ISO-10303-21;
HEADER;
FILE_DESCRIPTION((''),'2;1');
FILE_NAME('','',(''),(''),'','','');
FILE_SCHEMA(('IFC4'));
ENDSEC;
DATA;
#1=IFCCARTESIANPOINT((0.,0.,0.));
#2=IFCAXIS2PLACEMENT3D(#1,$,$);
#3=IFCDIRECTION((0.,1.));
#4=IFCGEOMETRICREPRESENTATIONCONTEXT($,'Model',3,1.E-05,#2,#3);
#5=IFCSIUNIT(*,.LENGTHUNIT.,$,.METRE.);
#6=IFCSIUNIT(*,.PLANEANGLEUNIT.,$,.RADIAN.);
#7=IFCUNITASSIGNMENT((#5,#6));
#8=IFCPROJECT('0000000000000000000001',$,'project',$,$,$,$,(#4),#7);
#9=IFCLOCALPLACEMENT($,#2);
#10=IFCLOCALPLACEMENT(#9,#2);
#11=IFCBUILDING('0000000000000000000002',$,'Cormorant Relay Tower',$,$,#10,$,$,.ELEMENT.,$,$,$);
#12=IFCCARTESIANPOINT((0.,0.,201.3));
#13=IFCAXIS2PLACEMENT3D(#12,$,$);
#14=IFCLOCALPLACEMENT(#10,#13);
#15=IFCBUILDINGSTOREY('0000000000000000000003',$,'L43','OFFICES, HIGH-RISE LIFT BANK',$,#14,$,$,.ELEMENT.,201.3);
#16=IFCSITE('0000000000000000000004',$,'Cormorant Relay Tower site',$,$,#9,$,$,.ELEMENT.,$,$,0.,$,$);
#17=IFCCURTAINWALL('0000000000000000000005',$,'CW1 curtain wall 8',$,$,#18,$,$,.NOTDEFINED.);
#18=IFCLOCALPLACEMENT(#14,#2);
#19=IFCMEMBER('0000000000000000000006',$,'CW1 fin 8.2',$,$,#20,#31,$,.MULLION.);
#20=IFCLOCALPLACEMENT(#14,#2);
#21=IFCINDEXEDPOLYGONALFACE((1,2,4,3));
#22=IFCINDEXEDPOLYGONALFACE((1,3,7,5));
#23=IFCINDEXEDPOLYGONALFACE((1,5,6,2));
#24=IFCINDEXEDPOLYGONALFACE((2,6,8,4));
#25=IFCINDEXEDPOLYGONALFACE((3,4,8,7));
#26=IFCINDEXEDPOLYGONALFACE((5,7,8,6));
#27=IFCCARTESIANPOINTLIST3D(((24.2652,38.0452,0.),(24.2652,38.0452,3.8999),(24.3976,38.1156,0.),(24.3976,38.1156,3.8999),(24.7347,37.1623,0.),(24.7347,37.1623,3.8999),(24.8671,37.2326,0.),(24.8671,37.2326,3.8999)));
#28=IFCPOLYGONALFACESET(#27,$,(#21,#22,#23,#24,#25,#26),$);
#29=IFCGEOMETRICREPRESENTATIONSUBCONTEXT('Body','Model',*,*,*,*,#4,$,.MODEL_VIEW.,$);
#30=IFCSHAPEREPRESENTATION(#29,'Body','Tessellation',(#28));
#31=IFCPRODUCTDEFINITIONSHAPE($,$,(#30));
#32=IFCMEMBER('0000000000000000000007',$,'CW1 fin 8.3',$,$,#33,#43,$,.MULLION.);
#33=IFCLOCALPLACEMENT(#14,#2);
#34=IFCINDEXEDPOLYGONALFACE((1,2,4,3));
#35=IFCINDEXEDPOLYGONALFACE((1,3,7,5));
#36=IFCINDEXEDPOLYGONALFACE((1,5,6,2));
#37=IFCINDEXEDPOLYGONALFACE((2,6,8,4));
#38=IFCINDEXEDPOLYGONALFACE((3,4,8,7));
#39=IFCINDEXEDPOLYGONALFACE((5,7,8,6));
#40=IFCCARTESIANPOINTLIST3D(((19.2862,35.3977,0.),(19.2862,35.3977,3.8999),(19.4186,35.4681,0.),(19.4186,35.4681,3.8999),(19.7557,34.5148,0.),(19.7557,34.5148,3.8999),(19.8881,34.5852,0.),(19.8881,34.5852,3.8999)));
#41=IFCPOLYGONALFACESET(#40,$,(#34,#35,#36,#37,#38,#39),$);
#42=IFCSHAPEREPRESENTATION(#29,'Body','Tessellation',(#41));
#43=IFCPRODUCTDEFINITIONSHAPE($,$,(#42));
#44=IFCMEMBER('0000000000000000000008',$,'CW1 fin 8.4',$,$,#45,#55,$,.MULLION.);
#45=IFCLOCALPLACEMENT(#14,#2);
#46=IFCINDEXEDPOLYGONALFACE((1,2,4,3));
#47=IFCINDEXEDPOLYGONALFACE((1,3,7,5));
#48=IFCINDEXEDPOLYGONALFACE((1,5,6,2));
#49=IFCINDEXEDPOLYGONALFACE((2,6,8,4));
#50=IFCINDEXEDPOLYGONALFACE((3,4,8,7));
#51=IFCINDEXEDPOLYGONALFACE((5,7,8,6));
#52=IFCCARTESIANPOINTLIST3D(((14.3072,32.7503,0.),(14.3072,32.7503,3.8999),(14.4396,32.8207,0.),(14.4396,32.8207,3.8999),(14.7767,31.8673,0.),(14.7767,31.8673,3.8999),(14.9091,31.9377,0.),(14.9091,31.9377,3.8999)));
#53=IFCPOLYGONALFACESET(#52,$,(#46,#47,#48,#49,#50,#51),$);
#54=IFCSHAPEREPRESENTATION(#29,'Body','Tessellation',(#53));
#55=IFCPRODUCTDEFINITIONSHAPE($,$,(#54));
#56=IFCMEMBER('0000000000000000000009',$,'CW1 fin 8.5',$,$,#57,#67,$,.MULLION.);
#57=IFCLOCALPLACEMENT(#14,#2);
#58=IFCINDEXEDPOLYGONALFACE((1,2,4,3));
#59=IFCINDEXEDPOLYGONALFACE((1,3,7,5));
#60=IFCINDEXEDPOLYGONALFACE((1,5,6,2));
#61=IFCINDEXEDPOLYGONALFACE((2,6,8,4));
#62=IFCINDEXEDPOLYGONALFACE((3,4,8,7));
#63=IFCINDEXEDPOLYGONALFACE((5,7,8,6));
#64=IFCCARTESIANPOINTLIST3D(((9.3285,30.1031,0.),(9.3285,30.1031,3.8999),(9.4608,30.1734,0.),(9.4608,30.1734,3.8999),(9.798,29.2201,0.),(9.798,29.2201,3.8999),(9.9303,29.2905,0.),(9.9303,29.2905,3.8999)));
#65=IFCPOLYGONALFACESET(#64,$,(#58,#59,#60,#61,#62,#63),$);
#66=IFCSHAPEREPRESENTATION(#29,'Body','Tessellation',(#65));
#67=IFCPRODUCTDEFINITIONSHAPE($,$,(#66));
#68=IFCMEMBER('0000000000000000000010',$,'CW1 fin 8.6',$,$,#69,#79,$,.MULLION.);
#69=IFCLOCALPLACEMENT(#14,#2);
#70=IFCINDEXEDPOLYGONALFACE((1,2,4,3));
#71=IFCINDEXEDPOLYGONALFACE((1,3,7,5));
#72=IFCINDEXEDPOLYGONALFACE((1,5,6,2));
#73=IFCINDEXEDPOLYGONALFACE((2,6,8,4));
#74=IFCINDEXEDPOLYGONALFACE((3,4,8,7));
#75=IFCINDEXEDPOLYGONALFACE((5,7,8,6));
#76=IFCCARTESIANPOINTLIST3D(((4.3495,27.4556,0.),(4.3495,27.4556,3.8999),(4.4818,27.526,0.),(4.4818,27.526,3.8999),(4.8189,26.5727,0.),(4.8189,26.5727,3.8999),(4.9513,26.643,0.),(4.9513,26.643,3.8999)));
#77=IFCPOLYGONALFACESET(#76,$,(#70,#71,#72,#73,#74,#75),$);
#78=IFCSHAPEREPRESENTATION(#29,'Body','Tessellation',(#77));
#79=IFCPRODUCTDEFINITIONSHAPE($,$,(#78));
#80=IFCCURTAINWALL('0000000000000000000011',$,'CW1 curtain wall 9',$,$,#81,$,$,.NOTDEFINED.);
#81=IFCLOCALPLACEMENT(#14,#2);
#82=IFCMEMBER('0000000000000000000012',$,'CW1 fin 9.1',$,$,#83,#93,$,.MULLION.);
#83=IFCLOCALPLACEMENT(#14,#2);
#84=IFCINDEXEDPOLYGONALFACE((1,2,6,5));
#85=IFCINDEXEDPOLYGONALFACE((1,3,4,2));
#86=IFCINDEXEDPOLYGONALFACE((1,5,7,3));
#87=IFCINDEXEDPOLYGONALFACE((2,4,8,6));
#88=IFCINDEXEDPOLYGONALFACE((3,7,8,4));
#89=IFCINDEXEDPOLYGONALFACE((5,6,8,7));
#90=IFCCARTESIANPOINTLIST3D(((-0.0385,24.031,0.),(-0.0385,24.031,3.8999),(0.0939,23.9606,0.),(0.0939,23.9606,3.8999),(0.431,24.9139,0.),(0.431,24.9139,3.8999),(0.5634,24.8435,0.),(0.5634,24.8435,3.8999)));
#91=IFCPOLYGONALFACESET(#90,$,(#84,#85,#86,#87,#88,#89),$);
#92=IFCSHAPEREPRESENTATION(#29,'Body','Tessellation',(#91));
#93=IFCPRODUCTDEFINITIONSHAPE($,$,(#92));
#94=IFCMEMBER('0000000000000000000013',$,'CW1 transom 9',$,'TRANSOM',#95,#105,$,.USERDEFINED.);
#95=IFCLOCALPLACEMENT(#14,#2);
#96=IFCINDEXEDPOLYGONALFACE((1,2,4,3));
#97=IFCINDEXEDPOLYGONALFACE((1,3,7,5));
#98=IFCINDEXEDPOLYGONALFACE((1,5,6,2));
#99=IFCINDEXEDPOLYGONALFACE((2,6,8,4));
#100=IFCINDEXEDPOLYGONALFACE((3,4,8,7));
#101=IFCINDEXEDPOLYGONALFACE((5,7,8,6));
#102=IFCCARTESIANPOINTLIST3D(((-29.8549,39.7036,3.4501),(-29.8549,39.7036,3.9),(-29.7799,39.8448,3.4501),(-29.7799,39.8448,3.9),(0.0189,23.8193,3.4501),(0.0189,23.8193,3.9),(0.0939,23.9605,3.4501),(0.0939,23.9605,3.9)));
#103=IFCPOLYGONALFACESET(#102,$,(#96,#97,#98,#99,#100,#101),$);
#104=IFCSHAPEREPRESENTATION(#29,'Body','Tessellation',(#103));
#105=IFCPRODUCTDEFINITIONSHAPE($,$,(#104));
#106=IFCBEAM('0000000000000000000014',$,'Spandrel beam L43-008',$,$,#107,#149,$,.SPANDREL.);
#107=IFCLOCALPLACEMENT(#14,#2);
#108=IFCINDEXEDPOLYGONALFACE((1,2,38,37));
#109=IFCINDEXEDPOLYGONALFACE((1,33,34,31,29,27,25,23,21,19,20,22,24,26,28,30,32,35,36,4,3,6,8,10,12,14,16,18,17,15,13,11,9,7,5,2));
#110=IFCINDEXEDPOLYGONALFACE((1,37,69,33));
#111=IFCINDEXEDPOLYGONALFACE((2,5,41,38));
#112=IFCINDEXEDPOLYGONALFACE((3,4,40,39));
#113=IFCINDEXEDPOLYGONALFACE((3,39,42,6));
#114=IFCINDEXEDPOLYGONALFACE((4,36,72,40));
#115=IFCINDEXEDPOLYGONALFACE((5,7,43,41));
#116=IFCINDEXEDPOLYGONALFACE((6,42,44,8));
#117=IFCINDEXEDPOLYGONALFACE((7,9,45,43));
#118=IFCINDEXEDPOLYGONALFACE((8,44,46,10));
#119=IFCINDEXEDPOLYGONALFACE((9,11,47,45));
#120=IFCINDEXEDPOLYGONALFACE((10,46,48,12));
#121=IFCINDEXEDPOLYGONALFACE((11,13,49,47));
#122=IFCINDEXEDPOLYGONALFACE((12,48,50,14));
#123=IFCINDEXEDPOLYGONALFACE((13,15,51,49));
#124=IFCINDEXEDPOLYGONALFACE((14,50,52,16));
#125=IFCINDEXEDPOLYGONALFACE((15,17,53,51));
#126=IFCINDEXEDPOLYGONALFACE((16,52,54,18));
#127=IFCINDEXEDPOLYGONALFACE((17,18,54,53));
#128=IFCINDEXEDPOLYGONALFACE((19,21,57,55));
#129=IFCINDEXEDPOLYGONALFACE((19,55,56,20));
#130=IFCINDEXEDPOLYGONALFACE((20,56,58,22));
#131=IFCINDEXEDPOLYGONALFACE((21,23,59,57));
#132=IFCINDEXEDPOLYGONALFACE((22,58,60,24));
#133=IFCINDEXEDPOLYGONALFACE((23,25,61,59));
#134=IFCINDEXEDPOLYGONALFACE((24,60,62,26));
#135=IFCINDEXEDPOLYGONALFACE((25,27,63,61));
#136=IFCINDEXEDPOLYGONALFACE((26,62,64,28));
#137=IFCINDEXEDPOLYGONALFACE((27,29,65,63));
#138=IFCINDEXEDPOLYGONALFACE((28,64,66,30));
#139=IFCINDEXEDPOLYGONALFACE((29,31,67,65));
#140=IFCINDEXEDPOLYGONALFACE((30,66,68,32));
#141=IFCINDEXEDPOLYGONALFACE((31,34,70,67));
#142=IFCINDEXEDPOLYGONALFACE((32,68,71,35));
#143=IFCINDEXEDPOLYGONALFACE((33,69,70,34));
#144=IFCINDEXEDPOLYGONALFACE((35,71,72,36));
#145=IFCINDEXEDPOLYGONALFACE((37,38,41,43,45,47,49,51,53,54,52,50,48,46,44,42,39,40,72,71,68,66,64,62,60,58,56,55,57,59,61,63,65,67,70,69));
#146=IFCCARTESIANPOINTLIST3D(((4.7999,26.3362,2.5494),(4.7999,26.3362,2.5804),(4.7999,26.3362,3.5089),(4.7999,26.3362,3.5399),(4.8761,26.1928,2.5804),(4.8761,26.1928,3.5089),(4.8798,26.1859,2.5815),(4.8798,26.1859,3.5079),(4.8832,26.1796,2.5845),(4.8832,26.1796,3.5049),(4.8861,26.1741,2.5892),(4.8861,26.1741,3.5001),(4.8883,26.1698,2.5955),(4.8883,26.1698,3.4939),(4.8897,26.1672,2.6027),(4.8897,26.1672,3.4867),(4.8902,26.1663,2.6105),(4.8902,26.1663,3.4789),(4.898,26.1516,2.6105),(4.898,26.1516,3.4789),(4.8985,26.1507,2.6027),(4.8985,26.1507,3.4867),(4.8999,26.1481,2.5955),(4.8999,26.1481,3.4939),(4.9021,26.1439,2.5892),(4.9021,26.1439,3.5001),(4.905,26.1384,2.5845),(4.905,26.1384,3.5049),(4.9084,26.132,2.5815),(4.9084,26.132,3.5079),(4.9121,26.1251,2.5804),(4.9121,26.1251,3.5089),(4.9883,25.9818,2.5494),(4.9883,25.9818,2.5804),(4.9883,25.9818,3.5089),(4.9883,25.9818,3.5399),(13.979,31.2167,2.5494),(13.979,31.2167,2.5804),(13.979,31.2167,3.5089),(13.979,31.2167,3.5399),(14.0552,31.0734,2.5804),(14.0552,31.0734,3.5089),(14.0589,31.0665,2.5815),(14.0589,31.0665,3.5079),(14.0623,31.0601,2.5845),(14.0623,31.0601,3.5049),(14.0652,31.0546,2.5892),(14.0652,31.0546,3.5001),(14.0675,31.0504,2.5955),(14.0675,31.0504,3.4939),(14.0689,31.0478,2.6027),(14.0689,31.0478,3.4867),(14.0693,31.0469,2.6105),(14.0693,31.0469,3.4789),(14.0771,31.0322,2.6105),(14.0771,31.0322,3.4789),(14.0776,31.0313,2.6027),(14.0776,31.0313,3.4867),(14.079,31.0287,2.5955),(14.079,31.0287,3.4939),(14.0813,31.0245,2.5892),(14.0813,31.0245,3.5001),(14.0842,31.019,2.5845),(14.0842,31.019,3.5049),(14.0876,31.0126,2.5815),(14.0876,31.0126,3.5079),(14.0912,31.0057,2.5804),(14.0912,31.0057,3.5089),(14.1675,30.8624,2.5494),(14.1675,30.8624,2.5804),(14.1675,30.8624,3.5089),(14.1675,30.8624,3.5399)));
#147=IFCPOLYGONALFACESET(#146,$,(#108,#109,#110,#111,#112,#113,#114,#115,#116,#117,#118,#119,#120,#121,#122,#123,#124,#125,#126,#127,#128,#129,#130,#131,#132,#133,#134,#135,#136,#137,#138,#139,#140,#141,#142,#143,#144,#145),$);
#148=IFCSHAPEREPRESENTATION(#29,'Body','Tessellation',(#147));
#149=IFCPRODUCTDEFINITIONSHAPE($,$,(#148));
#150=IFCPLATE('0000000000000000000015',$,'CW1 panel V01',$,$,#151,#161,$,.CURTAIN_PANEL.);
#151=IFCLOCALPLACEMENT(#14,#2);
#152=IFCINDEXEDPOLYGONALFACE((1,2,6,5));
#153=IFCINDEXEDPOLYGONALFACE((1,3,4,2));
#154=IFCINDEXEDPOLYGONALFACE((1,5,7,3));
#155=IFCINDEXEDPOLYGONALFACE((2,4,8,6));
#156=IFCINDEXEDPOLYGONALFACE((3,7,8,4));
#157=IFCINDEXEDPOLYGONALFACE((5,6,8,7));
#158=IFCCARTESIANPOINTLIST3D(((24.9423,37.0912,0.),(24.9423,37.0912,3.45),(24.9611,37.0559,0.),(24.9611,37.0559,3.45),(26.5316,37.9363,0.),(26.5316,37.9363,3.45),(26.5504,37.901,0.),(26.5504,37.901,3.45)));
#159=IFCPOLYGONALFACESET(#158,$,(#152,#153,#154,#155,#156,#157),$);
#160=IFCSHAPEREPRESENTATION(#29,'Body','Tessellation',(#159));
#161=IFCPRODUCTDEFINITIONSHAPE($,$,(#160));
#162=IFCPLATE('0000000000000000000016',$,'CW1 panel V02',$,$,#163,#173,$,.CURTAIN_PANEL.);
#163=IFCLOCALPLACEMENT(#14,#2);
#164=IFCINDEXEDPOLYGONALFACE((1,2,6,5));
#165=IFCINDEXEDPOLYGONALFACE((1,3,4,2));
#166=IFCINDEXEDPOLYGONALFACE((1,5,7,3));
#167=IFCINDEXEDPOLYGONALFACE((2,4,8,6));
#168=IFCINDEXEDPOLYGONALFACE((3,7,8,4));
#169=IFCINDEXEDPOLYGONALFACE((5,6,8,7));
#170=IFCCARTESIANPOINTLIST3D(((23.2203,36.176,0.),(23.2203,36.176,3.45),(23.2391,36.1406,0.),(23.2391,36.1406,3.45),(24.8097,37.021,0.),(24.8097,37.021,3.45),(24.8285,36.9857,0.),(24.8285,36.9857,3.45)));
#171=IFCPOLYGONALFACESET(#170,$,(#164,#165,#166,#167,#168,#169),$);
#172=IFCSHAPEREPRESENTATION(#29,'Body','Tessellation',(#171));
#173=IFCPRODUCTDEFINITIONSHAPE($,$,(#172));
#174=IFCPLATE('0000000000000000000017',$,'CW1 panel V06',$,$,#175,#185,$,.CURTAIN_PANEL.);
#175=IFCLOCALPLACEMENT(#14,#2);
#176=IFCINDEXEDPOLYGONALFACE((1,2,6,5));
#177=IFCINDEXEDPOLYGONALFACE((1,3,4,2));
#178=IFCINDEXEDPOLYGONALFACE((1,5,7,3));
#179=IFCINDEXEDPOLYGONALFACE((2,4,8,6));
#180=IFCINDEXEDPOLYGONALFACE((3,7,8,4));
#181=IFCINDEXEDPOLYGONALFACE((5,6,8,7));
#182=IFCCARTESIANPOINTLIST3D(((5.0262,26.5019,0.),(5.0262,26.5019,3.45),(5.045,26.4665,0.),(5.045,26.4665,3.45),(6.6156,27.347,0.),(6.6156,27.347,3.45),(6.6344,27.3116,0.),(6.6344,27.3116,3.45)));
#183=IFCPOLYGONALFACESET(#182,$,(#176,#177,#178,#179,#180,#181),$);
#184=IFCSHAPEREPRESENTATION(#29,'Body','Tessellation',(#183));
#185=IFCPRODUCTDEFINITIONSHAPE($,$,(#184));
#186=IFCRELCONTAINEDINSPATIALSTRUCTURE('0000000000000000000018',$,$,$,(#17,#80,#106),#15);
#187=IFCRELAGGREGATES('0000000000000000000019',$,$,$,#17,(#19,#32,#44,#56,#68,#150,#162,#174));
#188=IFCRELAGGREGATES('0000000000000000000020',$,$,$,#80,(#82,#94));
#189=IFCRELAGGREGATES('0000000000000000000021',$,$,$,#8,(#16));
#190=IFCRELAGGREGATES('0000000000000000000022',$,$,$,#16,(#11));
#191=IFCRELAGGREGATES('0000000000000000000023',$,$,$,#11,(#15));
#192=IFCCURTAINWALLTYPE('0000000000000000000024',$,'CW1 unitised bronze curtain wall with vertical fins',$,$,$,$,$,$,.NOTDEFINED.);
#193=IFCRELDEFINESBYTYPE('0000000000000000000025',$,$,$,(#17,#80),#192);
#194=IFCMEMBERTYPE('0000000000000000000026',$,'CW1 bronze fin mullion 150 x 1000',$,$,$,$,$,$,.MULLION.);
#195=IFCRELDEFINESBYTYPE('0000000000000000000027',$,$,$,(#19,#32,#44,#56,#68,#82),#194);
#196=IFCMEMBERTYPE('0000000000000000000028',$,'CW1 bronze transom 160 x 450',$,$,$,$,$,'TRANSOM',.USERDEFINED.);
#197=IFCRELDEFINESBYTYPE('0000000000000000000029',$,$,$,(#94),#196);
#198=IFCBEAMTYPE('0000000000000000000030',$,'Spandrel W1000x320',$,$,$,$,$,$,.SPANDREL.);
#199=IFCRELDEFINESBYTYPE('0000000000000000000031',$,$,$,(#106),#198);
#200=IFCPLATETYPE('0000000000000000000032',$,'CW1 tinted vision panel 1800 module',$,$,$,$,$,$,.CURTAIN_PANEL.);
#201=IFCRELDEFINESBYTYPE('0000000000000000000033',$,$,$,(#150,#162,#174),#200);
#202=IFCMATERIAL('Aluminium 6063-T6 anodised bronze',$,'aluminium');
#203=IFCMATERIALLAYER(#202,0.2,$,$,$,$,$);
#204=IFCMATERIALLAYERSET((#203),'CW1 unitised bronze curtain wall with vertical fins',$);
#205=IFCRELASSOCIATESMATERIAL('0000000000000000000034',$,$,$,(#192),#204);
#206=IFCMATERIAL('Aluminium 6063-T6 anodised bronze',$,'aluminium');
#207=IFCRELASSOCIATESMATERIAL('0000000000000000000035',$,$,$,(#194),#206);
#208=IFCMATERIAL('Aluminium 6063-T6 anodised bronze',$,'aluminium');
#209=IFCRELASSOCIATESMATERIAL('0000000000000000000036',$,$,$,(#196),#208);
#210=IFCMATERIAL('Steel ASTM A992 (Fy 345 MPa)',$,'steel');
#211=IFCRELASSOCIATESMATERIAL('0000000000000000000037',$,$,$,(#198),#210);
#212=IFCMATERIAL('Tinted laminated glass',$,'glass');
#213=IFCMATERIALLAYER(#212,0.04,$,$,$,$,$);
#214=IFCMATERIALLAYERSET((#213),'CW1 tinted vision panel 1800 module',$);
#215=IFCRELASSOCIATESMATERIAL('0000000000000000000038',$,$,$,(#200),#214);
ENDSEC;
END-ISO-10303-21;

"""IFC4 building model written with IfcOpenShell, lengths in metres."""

from ifc_helpers import new_model, si_unit, direction, frame, origin, origin_2d, place, context, subcontext, project, spatial, rectangle, i_section, extrude, material, layer, layer_set, material_profile, profile_set, type_object, element, aggregate, save


model = new_model("IFC4")

# Units and contexts
model_context = context("Model", 3, precision=1e-05, world=origin(), true_north=direction((0.0, 1.0)))
body_context = subcontext(model_context, "Body", "Model", "MODEL_VIEW")
ifc_project = project(units=[si_unit("LENGTHUNIT", "METRE"), si_unit("PLANEANGLEUNIT", "RADIAN")], contexts=[model_context])

# Site, building, storey
site_placement = place(None, origin())
site = spatial("IfcSite", under=ifc_project, at=site_placement, Name="Cormorant Relay Tower site", CompositionType="ELEMENT", RefElevation=0.0)
building_placement = place(site_placement, origin())
building = spatial("IfcBuilding", under=site, at=building_placement, Name="Cormorant Relay Tower", CompositionType="ELEMENT")
storey_placement = place(building_placement, frame((0.0, 0.0, 201.3)))
storey = spatial("IfcBuildingStorey", under=building, at=storey_placement, Name="L43", Description="OFFICES, HIGH-RISE LIFT BANK", CompositionType="ELEMENT", Elevation=201.3)

# Curtain walls, members
ifc_material_1 = material(Name="Aluminium 6063-T6 anodised bronze", Category="aluminium")
ifc_layer_1 = layer(ifc_material_1, 0.2)
ifc_layer_set_1 = layer_set([ifc_layer_1], Name="CW1 unitised bronze curtain wall with vertical fins")
curtain_wall_type = type_object("IfcCurtainWallType", Name="CW1 unitised bronze curtain wall with vertical fins", PredefinedType="NOTDEFINED", material=ifc_layer_set_1)
curtain_wall_1_placement = place(storey_placement, origin())
curtain_wall_1 = element("IfcCurtainWall", 1, at=curtain_wall_1_placement, inside=storey, type_object=curtain_wall_type, Name="CW1 curtain wall 8", PredefinedType="NOTDEFINED")
ifc_material_2 = material(Name="Aluminium 6063-T6 anodised bronze", Category="aluminium")
ifc_material_profile_1 = material_profile(ifc_material_2, rectangle(XDim=0.1499, YDim=1.0, at=origin_2d()), Name="AL 150x1000")
ifc_profile_set_1 = profile_set([ifc_material_profile_1], Name="Aluminium 6063-T6 anodised bronze")
member_type_1 = type_object("IfcMemberType", Name="CW1 bronze fin mullion 150 x 1000", PredefinedType="MULLION", material=ifc_profile_set_1)
member_1_placement = place(storey_placement, frame((24.5662, 37.6389, 0.0), z_axis=(0.0, 0.0, 1.0), x_axis=(-0.882948, -0.469472, 0.0)))
member_1 = element("IfcMember", 2, at=member_1_placement, type_object=member_type_1, Name="CW1 fin 8.2", PredefinedType="MULLION", context=body_context, shape_type="SweptSolid", body=[
    extrude(rectangle(XDim=0.1499, YDim=1.0, at=origin_2d()), origin(), (0.0, 0.0, 1.0), 3.8999),
])
member_2_placement = place(storey_placement, frame((19.5872, 34.9915, 0.0), z_axis=(0.0, 0.0, 1.0), x_axis=(-0.882948, -0.469472, 0.0)))
member_2 = element("IfcMember", 3, at=member_2_placement, type_object=member_type_1, Name="CW1 fin 8.3", PredefinedType="MULLION", context=body_context, shape_type="SweptSolid", body=[
    extrude(rectangle(XDim=0.1499, YDim=1.0, at=origin_2d()), origin(), (0.0, 0.0, 1.0), 3.8999),
])
member_3_placement = place(storey_placement, frame((14.6082, 32.344, 0.0), z_axis=(0.0, 0.0, 1.0), x_axis=(-0.882948, -0.469472, 0.0)))
member_3 = element("IfcMember", 4, at=member_3_placement, type_object=member_type_1, Name="CW1 fin 8.4", PredefinedType="MULLION", context=body_context, shape_type="SweptSolid", body=[
    extrude(rectangle(XDim=0.1499, YDim=1.0, at=origin_2d()), origin(), (0.0, 0.0, 1.0), 3.8999),
])
member_4_placement = place(storey_placement, frame((9.6294, 29.6968, 0.0), z_axis=(0.0, 0.0, 1.0), x_axis=(-0.882948, -0.469472, 0.0)))
member_4 = element("IfcMember", 5, at=member_4_placement, type_object=member_type_1, Name="CW1 fin 8.5", PredefinedType="MULLION", context=body_context, shape_type="SweptSolid", body=[
    extrude(rectangle(XDim=0.1499, YDim=1.0, at=origin_2d()), origin(), (0.0, 0.0, 1.0), 3.8999),
])
member_5_placement = place(storey_placement, frame((4.6504, 27.0493, 0.0), z_axis=(0.0, 0.0, 1.0), x_axis=(-0.882948, -0.469472, 0.0)))
member_5 = element("IfcMember", 6, at=member_5_placement, type_object=member_type_1, Name="CW1 fin 8.6", PredefinedType="MULLION", context=body_context, shape_type="SweptSolid", body=[
    extrude(rectangle(XDim=0.1499, YDim=1.0, at=origin_2d()), origin(), (0.0, 0.0, 1.0), 3.8999),
])
curtain_wall_2_placement = place(storey_placement, origin())
curtain_wall_2 = element("IfcCurtainWall", 7, at=curtain_wall_2_placement, inside=storey, type_object=curtain_wall_type, Name="CW1 curtain wall 9", PredefinedType="NOTDEFINED")
member_6_placement = place(storey_placement, frame((0.2625, 24.4373, 0.0), z_axis=(0.0, 0.0, 1.0), x_axis=(-0.882948, 0.469472, 0.0)))
member_6 = element("IfcMember", 8, at=member_6_placement, type_object=member_type_1, Name="CW1 fin 9.1", PredefinedType="MULLION", context=body_context, shape_type="SweptSolid", body=[
    extrude(rectangle(XDim=0.1499, YDim=1.0, at=origin_2d()), origin(), (0.0, 0.0, 1.0), 3.8999),
])
ifc_material_3 = material(Name="Aluminium 6063-T6 anodised bronze", Category="aluminium")
ifc_material_profile_2 = material_profile(ifc_material_3, rectangle(XDim=0.1599, YDim=0.45, at=origin_2d()), Name="AL 160x450")
ifc_profile_set_2 = profile_set([ifc_material_profile_2], Name="Aluminium 6063-T6 anodised bronze")
member_type_2 = type_object("IfcMemberType", Name="CW1 bronze transom 160 x 450", ElementType="TRANSOM", PredefinedType="USERDEFINED", material=ifc_profile_set_2)
member_7_placement = place(storey_placement, frame((0.0564, 23.8899, 3.675), z_axis=(-0.882946, 0.469474, 0.0), x_axis=(-0.469474, -0.882946, 0.0)))
member_7 = element("IfcMember", 9, at=member_7_placement, type_object=member_type_2, Name="CW1 transom 9", ObjectType="TRANSOM", PredefinedType="USERDEFINED", context=body_context, shape_type="SweptSolid", body=[
    extrude(rectangle(XDim=0.1599, YDim=0.45, at=origin_2d()), origin(), (0.0, 0.0, 1.0), 33.8342),
])

# Beam
ifc_material_4 = material(Name="Steel ASTM A992 (Fy 345 MPa)", Category="steel")
ifc_material_profile_3 = material_profile(ifc_material_4, i_section(OverallWidth=0.4014, OverallDepth=0.9905, WebThickness=0.0166, FlangeThickness=0.031, FilletRadius=0.03, at=origin_2d()), Name="W1000x320")
ifc_profile_set_3 = profile_set([ifc_material_profile_3], Name="Steel ASTM A992 (Fy 345 MPa)")
beam_type = type_object("IfcBeamType", Name="Spandrel W1000x320", PredefinedType="SPANDREL", material=ifc_profile_set_3)
beam_placement = place(storey_placement, frame((14.0732, 31.0396, 3.0447), z_axis=(-0.88295, -0.469468, 0.0), x_axis=(0.469468, -0.88295, 0.0)))
element("IfcBeam", 10, at=beam_placement, inside=storey, type_object=beam_type, Name="Spandrel beam L43-008", PredefinedType="SPANDREL", context=body_context, shape_type="SweptSolid", body=[
    extrude(i_section(OverallWidth=0.4014, OverallDepth=0.9905, WebThickness=0.0166, FlangeThickness=0.031, FilletRadius=0.03, at=origin_2d()), origin(), (0.0, 0.0, 1.0), 10.396),
])

# Plates
ifc_material_5 = material(Name="Tinted laminated glass", Category="glass")
ifc_layer_2 = layer(ifc_material_5, 0.04)
ifc_layer_set_2 = layer_set([ifc_layer_2], Name="CW1 tinted vision panel 1800 module")
plate_type_1 = type_object("IfcPlateType", Name="CW1 tinted vision panel 1800 module", PredefinedType="CURTAIN_PANEL", material=ifc_layer_set_2)
plate_1_placement = place(storey_placement, frame((25.7463, 37.4961, 0.0), z_axis=(0.0, 0.0, 1.0), x_axis=(-0.882948, -0.469472, 0.0)))
plate_1 = element("IfcPlate", 11, at=plate_1_placement, type_object=plate_type_1, Name="CW1 panel V01", PredefinedType="CURTAIN_PANEL", context=body_context, shape_type="SweptSolid", body=[
    extrude(rectangle(XDim=1.8, YDim=0.04, at=origin_2d()), origin(), (0.0, 0.0, 1.0), 3.45),
])
plate_2_placement = place(storey_placement, frame((24.0244, 36.5808, 0.0), z_axis=(0.0, 0.0, 1.0), x_axis=(-0.882948, -0.469472, 0.0)))
plate_2 = element("IfcPlate", 12, at=plate_2_placement, type_object=plate_type_1, Name="CW1 panel V02", PredefinedType="CURTAIN_PANEL", context=body_context, shape_type="SweptSolid", body=[
    extrude(rectangle(XDim=1.8, YDim=0.04, at=origin_2d()), origin(), (0.0, 0.0, 1.0), 3.45),
])
plate_3_placement = place(storey_placement, frame((5.8303, 26.9067, 0.0), z_axis=(0.0, 0.0, 1.0), x_axis=(-0.882948, -0.469472, 0.0)))
plate_3 = element("IfcPlate", 13, at=plate_3_placement, type_object=plate_type_1, Name="CW1 panel V06", PredefinedType="CURTAIN_PANEL", context=body_context, shape_type="SweptSolid", body=[
    extrude(rectangle(XDim=1.8, YDim=0.04, at=origin_2d()), origin(), (0.0, 0.0, 1.0), 3.45),
])

aggregate(curtain_wall_1, [member_1, member_2, member_3, member_4, member_5, plate_1, plate_2, plate_3])
aggregate(curtain_wall_2, [member_6, member_7])

save(model, "model.ifc")
